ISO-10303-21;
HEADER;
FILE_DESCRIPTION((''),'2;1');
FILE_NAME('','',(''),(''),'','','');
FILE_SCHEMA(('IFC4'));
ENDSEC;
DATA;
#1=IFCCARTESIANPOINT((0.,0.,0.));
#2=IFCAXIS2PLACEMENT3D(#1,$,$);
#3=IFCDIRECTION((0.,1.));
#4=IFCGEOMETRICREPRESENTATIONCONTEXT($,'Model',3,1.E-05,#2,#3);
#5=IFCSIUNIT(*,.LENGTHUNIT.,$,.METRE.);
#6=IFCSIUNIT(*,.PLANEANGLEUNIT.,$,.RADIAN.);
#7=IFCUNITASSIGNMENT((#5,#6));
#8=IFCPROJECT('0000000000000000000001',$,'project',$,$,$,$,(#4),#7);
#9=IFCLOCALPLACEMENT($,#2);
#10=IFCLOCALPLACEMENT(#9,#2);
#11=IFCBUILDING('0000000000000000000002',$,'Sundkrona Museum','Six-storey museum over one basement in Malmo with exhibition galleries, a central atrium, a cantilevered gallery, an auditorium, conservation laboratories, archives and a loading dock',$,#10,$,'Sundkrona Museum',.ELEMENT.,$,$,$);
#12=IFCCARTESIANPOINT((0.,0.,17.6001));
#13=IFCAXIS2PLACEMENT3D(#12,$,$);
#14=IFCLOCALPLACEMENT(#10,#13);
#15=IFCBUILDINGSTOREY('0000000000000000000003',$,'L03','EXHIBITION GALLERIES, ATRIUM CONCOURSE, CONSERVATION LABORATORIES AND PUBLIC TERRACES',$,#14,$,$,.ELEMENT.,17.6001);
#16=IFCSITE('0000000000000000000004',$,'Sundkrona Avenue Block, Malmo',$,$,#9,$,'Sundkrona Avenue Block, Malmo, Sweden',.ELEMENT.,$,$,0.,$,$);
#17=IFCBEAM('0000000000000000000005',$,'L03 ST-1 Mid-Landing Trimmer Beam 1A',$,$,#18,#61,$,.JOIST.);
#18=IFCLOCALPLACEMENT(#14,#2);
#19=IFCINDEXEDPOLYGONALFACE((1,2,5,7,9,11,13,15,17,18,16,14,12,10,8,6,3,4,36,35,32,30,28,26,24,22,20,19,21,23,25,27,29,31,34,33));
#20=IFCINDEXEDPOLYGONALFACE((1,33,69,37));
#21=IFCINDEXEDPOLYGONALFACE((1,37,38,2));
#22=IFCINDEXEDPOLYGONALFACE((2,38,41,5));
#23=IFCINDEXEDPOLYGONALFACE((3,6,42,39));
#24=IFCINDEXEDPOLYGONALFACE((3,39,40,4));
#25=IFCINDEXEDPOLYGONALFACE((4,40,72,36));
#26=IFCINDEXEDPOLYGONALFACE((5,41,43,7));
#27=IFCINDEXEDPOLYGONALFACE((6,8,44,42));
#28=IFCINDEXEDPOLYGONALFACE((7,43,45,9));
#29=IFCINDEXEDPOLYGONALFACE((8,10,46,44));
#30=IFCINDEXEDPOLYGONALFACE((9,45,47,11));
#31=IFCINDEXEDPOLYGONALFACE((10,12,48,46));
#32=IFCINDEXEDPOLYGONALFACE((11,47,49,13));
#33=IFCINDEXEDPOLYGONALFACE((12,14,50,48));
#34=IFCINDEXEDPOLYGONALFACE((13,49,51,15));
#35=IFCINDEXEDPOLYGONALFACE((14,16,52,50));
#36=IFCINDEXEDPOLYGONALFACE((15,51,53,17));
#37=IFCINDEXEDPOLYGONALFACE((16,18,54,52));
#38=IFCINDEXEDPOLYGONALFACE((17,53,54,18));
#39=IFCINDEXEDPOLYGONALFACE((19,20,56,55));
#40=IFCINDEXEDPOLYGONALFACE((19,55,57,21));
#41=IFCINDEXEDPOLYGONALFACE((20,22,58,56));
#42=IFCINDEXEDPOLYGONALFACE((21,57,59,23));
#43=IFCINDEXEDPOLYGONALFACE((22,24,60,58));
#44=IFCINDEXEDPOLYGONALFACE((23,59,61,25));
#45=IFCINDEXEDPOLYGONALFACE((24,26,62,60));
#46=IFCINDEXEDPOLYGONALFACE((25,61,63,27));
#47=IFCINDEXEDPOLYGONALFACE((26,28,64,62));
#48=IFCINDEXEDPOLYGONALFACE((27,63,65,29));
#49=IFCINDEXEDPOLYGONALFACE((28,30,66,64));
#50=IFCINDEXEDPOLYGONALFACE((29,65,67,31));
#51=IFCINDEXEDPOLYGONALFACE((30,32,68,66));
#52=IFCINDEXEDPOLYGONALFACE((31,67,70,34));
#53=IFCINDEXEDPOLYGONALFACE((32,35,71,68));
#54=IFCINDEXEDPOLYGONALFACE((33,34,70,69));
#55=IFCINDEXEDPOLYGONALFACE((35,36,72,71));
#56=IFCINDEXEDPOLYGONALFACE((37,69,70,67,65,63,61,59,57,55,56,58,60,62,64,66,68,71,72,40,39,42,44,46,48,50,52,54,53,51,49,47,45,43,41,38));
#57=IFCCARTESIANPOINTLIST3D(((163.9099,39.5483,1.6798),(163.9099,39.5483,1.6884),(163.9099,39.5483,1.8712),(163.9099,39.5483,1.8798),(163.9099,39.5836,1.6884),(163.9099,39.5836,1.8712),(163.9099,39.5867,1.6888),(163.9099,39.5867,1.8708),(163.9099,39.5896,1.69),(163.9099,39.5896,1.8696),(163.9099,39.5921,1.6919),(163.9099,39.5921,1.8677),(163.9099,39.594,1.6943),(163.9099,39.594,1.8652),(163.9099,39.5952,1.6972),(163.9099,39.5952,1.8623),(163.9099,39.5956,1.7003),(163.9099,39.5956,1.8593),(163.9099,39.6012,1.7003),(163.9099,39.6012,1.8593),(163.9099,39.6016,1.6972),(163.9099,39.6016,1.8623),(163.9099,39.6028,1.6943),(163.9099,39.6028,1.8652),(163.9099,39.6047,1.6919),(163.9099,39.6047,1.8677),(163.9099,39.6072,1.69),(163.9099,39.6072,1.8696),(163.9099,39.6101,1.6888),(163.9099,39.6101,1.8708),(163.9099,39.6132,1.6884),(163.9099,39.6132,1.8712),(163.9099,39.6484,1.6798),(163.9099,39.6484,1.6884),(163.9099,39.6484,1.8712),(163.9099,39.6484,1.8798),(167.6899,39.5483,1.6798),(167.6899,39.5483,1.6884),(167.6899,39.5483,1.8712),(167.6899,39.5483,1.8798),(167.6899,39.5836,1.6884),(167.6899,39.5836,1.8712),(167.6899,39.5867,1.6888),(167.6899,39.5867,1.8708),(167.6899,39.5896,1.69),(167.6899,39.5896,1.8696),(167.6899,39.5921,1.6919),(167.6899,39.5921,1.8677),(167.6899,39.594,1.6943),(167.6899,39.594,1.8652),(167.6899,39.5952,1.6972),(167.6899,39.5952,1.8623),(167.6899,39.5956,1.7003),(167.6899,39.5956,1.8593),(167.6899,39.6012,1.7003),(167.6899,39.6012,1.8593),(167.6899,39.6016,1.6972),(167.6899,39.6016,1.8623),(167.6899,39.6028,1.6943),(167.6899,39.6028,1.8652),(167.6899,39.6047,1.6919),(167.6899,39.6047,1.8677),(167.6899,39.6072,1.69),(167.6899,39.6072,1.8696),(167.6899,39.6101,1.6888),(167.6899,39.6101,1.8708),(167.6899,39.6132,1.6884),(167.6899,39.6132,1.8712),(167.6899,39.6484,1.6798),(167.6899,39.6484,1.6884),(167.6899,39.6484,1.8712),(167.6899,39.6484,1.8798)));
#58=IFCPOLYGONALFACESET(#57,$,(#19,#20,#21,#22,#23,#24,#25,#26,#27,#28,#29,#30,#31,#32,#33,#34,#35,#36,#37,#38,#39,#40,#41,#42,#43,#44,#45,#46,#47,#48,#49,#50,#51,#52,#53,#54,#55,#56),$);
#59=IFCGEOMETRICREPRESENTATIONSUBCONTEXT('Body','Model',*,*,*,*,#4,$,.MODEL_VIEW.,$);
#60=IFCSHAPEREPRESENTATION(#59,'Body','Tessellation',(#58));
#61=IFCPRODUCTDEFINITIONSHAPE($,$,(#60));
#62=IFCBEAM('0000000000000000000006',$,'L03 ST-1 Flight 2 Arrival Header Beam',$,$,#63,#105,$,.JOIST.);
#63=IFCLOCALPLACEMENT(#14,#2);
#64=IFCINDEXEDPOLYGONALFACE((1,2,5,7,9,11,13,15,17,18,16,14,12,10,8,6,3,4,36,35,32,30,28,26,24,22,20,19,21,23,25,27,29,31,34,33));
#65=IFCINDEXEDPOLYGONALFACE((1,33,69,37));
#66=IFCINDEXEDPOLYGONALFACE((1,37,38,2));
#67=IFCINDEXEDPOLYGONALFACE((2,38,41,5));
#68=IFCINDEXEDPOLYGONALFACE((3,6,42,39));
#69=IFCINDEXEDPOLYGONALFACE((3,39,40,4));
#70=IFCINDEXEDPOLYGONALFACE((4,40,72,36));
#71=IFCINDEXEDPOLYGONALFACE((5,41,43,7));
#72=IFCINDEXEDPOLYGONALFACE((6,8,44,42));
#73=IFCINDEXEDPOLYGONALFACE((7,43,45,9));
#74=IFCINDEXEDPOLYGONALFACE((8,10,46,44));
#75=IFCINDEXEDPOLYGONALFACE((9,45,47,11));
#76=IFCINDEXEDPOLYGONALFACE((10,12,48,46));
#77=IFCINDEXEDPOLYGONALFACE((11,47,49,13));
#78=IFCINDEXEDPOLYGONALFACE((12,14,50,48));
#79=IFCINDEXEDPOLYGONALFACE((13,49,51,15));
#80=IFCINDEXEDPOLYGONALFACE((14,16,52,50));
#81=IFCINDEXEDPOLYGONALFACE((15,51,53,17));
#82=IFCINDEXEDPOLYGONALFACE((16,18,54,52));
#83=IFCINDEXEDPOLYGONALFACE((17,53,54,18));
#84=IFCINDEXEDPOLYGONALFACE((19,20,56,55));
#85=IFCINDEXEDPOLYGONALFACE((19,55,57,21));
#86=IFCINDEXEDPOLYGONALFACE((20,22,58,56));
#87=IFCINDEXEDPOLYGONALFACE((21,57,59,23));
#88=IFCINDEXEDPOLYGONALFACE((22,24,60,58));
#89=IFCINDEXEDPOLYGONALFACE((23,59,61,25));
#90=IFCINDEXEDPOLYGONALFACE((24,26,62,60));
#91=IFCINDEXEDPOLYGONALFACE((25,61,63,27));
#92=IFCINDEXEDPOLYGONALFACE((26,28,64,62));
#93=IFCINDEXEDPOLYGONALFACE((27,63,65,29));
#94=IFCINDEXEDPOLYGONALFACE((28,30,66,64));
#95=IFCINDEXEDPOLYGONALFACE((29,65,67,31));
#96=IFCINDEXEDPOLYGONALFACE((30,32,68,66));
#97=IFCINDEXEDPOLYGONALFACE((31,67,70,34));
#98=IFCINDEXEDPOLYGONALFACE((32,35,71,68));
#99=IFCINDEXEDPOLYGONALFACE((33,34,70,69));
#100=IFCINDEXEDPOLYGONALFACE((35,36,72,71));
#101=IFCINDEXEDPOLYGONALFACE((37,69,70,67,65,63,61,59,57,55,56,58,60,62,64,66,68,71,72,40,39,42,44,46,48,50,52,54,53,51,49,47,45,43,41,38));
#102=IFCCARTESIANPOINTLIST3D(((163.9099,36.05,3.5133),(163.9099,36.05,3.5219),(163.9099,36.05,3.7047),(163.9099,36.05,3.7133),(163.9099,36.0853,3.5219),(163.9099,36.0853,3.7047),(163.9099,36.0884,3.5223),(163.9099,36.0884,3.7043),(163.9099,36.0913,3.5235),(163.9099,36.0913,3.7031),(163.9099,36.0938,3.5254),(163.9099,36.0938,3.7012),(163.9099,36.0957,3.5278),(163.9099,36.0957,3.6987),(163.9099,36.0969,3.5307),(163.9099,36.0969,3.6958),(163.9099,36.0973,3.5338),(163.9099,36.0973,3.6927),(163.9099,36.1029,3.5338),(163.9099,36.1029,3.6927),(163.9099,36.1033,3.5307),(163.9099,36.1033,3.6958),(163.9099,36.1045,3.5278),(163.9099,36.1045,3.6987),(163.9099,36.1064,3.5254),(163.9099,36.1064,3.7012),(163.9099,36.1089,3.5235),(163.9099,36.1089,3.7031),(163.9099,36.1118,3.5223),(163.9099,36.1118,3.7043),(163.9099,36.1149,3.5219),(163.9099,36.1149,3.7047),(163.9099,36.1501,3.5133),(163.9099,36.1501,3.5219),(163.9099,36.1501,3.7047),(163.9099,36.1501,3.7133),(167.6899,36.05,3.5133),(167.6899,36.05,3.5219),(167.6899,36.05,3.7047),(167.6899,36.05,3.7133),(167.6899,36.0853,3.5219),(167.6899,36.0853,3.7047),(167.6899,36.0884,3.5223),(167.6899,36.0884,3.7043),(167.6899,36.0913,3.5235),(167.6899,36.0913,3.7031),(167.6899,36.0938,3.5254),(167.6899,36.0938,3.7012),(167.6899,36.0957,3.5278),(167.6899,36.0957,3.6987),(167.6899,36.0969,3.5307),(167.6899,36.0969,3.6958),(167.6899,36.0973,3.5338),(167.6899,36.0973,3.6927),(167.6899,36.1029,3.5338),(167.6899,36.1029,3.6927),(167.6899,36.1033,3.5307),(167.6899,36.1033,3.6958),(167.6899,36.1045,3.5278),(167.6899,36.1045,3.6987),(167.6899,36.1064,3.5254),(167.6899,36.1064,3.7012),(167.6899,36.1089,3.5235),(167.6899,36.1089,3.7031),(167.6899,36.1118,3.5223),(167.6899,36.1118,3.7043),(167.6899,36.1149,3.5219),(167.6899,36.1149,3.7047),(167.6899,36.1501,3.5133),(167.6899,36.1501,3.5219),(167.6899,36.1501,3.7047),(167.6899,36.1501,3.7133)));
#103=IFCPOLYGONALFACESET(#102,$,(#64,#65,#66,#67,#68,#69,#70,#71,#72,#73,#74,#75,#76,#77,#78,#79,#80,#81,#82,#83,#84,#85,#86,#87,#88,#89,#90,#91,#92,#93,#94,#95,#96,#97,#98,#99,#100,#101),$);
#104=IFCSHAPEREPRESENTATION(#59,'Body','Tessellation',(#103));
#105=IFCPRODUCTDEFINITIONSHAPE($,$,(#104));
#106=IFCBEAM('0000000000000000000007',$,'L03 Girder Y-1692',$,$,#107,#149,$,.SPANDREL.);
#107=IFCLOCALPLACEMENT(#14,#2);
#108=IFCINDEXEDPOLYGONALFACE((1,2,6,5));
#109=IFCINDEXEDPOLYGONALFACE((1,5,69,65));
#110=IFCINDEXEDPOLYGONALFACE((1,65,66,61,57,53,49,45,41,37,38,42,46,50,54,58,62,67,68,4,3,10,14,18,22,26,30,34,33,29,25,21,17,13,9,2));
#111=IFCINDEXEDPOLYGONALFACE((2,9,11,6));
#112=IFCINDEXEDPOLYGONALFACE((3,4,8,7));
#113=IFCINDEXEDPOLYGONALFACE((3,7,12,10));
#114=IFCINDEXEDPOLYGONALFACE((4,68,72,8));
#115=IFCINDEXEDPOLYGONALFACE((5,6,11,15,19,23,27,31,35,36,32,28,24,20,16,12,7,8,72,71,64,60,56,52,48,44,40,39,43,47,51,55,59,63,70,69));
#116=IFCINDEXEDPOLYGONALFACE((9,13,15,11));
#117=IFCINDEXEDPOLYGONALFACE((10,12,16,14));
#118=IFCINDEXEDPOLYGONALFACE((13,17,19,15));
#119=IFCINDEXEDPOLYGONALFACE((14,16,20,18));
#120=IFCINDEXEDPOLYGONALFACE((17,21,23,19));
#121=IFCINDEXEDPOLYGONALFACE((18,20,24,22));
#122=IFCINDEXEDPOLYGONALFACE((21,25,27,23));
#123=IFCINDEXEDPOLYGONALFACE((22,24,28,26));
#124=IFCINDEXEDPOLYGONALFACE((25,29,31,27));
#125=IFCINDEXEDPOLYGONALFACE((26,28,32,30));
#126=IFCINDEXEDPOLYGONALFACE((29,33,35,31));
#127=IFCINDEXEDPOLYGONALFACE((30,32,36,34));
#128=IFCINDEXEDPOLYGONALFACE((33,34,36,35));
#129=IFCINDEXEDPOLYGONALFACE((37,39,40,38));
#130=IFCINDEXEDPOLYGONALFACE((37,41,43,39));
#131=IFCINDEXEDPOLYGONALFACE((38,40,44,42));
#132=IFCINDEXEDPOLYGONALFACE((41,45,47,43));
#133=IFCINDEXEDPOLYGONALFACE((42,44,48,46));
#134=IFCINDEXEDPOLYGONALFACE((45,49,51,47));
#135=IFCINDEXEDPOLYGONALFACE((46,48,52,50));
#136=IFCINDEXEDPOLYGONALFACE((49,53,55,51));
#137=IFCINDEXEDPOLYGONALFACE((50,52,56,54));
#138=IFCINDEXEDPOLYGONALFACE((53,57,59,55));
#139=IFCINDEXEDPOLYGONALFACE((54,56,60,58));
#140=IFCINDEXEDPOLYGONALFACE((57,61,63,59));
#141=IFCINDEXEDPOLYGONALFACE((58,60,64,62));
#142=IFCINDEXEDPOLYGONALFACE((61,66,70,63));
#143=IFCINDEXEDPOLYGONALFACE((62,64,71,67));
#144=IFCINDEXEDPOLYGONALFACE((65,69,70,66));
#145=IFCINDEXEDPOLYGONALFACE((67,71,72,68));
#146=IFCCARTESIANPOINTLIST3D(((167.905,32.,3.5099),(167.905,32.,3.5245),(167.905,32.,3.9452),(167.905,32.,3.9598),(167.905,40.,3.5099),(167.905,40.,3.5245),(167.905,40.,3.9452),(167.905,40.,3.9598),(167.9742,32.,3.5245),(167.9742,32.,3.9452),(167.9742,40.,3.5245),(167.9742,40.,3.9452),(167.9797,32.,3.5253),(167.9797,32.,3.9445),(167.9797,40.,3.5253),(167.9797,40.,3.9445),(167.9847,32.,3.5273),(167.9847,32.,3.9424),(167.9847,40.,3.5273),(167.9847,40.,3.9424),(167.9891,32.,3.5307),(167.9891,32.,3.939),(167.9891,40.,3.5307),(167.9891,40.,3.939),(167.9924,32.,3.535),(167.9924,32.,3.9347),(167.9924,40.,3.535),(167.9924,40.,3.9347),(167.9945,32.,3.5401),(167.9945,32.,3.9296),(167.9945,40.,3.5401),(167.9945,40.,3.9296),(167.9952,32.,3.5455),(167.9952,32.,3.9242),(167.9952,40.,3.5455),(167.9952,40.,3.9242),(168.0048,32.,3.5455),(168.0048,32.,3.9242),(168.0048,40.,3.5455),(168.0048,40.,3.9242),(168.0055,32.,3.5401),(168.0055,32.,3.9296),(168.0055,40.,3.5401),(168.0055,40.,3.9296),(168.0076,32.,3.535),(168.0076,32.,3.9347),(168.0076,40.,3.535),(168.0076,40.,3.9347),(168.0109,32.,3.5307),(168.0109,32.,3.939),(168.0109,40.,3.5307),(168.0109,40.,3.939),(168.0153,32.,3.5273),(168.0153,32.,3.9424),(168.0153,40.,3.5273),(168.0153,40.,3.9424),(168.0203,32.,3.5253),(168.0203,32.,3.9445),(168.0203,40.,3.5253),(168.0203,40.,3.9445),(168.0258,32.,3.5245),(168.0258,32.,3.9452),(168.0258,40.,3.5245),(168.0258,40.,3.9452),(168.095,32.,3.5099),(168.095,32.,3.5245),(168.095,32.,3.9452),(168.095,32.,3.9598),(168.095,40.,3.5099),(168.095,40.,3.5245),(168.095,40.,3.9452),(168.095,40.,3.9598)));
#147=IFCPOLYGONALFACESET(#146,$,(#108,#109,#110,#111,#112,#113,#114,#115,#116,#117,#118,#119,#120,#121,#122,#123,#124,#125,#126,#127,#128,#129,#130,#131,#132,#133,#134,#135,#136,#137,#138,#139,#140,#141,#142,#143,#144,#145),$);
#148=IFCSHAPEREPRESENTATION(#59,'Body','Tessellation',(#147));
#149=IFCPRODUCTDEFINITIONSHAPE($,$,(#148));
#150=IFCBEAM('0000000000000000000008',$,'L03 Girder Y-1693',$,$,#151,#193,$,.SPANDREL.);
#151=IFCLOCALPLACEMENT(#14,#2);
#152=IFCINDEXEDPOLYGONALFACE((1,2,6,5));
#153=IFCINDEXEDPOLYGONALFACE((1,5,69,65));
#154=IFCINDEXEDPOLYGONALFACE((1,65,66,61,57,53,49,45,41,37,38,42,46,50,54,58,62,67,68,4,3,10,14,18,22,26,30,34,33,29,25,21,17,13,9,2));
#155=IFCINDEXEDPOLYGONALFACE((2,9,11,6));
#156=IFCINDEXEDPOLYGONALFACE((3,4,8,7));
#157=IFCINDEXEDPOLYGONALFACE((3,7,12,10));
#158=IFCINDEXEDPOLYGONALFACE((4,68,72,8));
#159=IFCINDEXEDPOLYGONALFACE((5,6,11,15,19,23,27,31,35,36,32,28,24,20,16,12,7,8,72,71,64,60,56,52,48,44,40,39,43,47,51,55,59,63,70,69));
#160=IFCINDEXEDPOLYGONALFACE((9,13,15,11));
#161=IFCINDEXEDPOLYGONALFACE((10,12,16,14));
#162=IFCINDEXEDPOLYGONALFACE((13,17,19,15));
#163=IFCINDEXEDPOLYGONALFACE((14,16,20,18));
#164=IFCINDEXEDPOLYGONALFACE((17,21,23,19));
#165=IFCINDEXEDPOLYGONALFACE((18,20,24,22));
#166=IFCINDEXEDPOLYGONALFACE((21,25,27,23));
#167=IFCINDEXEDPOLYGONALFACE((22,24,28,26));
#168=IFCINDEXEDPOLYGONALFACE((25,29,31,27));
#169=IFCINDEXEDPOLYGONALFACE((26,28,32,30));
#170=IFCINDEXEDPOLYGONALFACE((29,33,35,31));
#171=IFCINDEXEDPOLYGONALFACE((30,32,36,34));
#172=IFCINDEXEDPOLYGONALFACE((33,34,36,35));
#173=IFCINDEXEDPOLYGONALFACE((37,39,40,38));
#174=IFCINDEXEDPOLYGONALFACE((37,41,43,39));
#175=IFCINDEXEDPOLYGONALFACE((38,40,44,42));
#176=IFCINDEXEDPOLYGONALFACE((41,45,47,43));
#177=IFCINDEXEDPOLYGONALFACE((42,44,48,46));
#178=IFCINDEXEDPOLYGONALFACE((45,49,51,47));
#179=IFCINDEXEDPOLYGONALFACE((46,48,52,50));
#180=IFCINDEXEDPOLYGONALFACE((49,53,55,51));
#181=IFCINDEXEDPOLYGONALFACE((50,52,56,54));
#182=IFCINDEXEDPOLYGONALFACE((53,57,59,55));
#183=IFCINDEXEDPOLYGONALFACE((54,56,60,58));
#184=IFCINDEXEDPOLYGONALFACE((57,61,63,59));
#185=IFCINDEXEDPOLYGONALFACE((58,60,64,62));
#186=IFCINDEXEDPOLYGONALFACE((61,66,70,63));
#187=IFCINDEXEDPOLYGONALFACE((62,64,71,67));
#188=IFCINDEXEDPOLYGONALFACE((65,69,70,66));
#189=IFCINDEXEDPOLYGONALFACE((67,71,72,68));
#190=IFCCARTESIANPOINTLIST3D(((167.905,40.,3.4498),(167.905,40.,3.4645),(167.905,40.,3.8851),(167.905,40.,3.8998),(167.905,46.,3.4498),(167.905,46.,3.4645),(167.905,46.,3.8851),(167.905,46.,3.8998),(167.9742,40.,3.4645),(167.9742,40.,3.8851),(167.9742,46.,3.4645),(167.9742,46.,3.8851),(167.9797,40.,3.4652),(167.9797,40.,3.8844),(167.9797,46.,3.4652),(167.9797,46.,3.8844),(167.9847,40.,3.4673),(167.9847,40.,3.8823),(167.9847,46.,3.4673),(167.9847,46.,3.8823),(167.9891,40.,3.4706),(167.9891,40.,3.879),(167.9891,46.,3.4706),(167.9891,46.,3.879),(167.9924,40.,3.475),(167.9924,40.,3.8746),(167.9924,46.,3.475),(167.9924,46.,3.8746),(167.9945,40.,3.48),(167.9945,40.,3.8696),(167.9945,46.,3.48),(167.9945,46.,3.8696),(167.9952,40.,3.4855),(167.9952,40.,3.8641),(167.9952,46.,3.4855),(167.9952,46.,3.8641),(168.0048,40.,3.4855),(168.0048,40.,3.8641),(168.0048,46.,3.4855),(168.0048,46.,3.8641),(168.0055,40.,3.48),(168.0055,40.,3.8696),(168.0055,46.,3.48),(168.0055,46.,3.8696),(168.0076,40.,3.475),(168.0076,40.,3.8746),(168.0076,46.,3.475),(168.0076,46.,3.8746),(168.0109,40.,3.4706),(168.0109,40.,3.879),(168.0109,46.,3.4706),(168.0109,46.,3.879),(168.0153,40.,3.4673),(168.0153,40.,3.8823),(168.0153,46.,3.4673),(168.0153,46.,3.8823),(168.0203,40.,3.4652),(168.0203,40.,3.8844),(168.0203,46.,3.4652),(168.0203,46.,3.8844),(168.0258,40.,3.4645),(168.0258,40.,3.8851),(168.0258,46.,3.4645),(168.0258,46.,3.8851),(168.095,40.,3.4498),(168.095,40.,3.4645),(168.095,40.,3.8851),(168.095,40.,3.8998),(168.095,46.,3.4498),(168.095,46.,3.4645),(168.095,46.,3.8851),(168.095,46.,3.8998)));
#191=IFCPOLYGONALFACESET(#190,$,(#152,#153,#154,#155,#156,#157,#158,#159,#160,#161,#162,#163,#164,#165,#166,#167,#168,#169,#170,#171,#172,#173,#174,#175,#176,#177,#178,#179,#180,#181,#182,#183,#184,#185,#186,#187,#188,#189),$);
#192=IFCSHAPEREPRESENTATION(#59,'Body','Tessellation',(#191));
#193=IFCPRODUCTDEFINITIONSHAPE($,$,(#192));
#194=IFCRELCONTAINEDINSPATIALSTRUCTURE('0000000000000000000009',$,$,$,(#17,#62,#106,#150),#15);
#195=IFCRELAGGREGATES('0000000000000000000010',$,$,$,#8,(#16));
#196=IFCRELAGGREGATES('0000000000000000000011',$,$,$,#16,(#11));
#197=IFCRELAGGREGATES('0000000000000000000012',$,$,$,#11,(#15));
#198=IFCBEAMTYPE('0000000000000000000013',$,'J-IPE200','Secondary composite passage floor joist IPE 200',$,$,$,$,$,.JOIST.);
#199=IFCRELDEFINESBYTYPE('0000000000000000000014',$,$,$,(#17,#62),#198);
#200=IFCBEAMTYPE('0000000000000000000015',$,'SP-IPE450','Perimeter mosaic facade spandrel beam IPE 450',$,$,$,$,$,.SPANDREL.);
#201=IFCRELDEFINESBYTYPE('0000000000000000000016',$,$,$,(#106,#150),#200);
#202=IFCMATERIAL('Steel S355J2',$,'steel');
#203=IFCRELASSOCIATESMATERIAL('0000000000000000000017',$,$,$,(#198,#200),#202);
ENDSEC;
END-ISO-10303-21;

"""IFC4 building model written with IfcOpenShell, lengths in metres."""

from ifc_helpers import new_model, si_unit, direction, frame, origin, origin_2d, place, context, subcontext, project, spatial, i_section, extrude, material, material_profile, profile_set, type_object, element, save


model = new_model("IFC4")

# Units and contexts
model_context = context("Model", 3, precision=1e-05, world=origin(), true_north=direction((0.0, 1.0)))
body_context = subcontext(model_context, "Body", "Model", "MODEL_VIEW")
ifc_project = project(units=[si_unit("LENGTHUNIT", "METRE"), si_unit("PLANEANGLEUNIT", "RADIAN")], contexts=[model_context])

# Site, building, storey
site_placement = place(None, origin())
site = spatial("IfcSite", under=ifc_project, at=site_placement, Name="Sundkrona Avenue Block, Malmo", LongName="Sundkrona Avenue Block, Malmo, Sweden", CompositionType="ELEMENT", RefElevation=0.0)
building_placement = place(site_placement, origin())
building = spatial("IfcBuilding", under=site, at=building_placement, Name="Sundkrona Museum", Description="Six-storey museum over one basement in Malmo with exhibition galleries, a central atrium, a cantilevered gallery, an auditorium, conservation laboratories, archives and a loading dock", LongName="Sundkrona Museum", CompositionType="ELEMENT")
storey_placement = place(building_placement, frame((0.0, 0.0, 17.6001)))
storey = spatial("IfcBuildingStorey", under=building, at=storey_placement, Name="L03", Description="EXHIBITION GALLERIES, ATRIUM CONCOURSE, CONSERVATION LABORATORIES AND PUBLIC TERRACES", CompositionType="ELEMENT", Elevation=17.6001)

# Shared definitions
ifc_material_1 = material(Name="Steel S355J2", Category="steel")

# Beams
ifc_material_profile_1 = material_profile(ifc_material_1, i_section(OverallWidth=0.1001, OverallDepth=0.2, WebThickness=0.0056, FlangeThickness=0.0085, FilletRadius=0.012, at=origin_2d()), Name="IPE 200")
ifc_profile_set_1 = profile_set([ifc_material_profile_1], Name="Steel S355J2")
beam_type_1 = type_object("IfcBeamType", Name="J-IPE200", Description="Secondary composite passage floor joist IPE 200", PredefinedType="JOIST", material=ifc_profile_set_1)
for number, where, z_axis, x_axis, name in (
    (1, (163.9099, 39.5984, 1.7798), (1.0, 0.0, 0.0), (0.0, 1.0, 0.0), "L03 ST-1 Mid-Landing Trimmer Beam 1A"),
    (2, (163.9099, 36.1001, 3.6133), (1.0, 0.0, 0.0), (0.0, 1.0, 0.0), "L03 ST-1 Flight 2 Arrival Header Beam"),
):
    element("IfcBeam", number, at=place(storey_placement, frame(where, z_axis=z_axis, x_axis=x_axis)), inside=storey, type_object=beam_type_1, Name=name, PredefinedType="JOIST", context=body_context, shape_type="SweptSolid", body=[
        extrude(i_section(OverallWidth=0.1001, OverallDepth=0.2, WebThickness=0.0056, FlangeThickness=0.0085, FilletRadius=0.012, at=origin_2d()), origin(), (0.0, 0.0, 1.0), 3.78),
    ])
ifc_material_profile_2 = material_profile(ifc_material_1, i_section(OverallWidth=0.1899, OverallDepth=0.45, WebThickness=0.0095, FlangeThickness=0.0146, FilletRadius=0.021, at=origin_2d()), Name="IPE 450")
ifc_profile_set_2 = profile_set([ifc_material_profile_2], Name="Steel S355J2")
beam_type_2 = type_object("IfcBeamType", Name="SP-IPE450", Description="Perimeter mosaic facade spandrel beam IPE 450", PredefinedType="SPANDREL", material=ifc_profile_set_2)
beam_1_placement = place(storey_placement, frame((168.0, 32.0, 3.7349), z_axis=(0.0, 1.0, 0.0), x_axis=(-1.0, 0.0, 0.0)))
element("IfcBeam", 3, at=beam_1_placement, inside=storey, type_object=beam_type_2, Name="L03 Girder Y-1692", PredefinedType="SPANDREL", context=body_context, shape_type="SweptSolid", body=[
    extrude(i_section(OverallWidth=0.1899, OverallDepth=0.45, WebThickness=0.0095, FlangeThickness=0.0146, FilletRadius=0.021, at=origin_2d()), origin(), (0.0, 0.0, 1.0), 8.0),
])
beam_2_placement = place(storey_placement, frame((168.0, 40.0, 3.6748), z_axis=(0.0, 1.0, 0.0), x_axis=(-1.0, 0.0, 0.0)))
element("IfcBeam", 4, at=beam_2_placement, inside=storey, type_object=beam_type_2, Name="L03 Girder Y-1693", PredefinedType="SPANDREL", context=body_context, shape_type="SweptSolid", body=[
    extrude(i_section(OverallWidth=0.1899, OverallDepth=0.45, WebThickness=0.0095, FlangeThickness=0.0146, FilletRadius=0.021, at=origin_2d()), origin(), (0.0, 0.0, 1.0), 6.0),
])

save(model, "model.ifc")
